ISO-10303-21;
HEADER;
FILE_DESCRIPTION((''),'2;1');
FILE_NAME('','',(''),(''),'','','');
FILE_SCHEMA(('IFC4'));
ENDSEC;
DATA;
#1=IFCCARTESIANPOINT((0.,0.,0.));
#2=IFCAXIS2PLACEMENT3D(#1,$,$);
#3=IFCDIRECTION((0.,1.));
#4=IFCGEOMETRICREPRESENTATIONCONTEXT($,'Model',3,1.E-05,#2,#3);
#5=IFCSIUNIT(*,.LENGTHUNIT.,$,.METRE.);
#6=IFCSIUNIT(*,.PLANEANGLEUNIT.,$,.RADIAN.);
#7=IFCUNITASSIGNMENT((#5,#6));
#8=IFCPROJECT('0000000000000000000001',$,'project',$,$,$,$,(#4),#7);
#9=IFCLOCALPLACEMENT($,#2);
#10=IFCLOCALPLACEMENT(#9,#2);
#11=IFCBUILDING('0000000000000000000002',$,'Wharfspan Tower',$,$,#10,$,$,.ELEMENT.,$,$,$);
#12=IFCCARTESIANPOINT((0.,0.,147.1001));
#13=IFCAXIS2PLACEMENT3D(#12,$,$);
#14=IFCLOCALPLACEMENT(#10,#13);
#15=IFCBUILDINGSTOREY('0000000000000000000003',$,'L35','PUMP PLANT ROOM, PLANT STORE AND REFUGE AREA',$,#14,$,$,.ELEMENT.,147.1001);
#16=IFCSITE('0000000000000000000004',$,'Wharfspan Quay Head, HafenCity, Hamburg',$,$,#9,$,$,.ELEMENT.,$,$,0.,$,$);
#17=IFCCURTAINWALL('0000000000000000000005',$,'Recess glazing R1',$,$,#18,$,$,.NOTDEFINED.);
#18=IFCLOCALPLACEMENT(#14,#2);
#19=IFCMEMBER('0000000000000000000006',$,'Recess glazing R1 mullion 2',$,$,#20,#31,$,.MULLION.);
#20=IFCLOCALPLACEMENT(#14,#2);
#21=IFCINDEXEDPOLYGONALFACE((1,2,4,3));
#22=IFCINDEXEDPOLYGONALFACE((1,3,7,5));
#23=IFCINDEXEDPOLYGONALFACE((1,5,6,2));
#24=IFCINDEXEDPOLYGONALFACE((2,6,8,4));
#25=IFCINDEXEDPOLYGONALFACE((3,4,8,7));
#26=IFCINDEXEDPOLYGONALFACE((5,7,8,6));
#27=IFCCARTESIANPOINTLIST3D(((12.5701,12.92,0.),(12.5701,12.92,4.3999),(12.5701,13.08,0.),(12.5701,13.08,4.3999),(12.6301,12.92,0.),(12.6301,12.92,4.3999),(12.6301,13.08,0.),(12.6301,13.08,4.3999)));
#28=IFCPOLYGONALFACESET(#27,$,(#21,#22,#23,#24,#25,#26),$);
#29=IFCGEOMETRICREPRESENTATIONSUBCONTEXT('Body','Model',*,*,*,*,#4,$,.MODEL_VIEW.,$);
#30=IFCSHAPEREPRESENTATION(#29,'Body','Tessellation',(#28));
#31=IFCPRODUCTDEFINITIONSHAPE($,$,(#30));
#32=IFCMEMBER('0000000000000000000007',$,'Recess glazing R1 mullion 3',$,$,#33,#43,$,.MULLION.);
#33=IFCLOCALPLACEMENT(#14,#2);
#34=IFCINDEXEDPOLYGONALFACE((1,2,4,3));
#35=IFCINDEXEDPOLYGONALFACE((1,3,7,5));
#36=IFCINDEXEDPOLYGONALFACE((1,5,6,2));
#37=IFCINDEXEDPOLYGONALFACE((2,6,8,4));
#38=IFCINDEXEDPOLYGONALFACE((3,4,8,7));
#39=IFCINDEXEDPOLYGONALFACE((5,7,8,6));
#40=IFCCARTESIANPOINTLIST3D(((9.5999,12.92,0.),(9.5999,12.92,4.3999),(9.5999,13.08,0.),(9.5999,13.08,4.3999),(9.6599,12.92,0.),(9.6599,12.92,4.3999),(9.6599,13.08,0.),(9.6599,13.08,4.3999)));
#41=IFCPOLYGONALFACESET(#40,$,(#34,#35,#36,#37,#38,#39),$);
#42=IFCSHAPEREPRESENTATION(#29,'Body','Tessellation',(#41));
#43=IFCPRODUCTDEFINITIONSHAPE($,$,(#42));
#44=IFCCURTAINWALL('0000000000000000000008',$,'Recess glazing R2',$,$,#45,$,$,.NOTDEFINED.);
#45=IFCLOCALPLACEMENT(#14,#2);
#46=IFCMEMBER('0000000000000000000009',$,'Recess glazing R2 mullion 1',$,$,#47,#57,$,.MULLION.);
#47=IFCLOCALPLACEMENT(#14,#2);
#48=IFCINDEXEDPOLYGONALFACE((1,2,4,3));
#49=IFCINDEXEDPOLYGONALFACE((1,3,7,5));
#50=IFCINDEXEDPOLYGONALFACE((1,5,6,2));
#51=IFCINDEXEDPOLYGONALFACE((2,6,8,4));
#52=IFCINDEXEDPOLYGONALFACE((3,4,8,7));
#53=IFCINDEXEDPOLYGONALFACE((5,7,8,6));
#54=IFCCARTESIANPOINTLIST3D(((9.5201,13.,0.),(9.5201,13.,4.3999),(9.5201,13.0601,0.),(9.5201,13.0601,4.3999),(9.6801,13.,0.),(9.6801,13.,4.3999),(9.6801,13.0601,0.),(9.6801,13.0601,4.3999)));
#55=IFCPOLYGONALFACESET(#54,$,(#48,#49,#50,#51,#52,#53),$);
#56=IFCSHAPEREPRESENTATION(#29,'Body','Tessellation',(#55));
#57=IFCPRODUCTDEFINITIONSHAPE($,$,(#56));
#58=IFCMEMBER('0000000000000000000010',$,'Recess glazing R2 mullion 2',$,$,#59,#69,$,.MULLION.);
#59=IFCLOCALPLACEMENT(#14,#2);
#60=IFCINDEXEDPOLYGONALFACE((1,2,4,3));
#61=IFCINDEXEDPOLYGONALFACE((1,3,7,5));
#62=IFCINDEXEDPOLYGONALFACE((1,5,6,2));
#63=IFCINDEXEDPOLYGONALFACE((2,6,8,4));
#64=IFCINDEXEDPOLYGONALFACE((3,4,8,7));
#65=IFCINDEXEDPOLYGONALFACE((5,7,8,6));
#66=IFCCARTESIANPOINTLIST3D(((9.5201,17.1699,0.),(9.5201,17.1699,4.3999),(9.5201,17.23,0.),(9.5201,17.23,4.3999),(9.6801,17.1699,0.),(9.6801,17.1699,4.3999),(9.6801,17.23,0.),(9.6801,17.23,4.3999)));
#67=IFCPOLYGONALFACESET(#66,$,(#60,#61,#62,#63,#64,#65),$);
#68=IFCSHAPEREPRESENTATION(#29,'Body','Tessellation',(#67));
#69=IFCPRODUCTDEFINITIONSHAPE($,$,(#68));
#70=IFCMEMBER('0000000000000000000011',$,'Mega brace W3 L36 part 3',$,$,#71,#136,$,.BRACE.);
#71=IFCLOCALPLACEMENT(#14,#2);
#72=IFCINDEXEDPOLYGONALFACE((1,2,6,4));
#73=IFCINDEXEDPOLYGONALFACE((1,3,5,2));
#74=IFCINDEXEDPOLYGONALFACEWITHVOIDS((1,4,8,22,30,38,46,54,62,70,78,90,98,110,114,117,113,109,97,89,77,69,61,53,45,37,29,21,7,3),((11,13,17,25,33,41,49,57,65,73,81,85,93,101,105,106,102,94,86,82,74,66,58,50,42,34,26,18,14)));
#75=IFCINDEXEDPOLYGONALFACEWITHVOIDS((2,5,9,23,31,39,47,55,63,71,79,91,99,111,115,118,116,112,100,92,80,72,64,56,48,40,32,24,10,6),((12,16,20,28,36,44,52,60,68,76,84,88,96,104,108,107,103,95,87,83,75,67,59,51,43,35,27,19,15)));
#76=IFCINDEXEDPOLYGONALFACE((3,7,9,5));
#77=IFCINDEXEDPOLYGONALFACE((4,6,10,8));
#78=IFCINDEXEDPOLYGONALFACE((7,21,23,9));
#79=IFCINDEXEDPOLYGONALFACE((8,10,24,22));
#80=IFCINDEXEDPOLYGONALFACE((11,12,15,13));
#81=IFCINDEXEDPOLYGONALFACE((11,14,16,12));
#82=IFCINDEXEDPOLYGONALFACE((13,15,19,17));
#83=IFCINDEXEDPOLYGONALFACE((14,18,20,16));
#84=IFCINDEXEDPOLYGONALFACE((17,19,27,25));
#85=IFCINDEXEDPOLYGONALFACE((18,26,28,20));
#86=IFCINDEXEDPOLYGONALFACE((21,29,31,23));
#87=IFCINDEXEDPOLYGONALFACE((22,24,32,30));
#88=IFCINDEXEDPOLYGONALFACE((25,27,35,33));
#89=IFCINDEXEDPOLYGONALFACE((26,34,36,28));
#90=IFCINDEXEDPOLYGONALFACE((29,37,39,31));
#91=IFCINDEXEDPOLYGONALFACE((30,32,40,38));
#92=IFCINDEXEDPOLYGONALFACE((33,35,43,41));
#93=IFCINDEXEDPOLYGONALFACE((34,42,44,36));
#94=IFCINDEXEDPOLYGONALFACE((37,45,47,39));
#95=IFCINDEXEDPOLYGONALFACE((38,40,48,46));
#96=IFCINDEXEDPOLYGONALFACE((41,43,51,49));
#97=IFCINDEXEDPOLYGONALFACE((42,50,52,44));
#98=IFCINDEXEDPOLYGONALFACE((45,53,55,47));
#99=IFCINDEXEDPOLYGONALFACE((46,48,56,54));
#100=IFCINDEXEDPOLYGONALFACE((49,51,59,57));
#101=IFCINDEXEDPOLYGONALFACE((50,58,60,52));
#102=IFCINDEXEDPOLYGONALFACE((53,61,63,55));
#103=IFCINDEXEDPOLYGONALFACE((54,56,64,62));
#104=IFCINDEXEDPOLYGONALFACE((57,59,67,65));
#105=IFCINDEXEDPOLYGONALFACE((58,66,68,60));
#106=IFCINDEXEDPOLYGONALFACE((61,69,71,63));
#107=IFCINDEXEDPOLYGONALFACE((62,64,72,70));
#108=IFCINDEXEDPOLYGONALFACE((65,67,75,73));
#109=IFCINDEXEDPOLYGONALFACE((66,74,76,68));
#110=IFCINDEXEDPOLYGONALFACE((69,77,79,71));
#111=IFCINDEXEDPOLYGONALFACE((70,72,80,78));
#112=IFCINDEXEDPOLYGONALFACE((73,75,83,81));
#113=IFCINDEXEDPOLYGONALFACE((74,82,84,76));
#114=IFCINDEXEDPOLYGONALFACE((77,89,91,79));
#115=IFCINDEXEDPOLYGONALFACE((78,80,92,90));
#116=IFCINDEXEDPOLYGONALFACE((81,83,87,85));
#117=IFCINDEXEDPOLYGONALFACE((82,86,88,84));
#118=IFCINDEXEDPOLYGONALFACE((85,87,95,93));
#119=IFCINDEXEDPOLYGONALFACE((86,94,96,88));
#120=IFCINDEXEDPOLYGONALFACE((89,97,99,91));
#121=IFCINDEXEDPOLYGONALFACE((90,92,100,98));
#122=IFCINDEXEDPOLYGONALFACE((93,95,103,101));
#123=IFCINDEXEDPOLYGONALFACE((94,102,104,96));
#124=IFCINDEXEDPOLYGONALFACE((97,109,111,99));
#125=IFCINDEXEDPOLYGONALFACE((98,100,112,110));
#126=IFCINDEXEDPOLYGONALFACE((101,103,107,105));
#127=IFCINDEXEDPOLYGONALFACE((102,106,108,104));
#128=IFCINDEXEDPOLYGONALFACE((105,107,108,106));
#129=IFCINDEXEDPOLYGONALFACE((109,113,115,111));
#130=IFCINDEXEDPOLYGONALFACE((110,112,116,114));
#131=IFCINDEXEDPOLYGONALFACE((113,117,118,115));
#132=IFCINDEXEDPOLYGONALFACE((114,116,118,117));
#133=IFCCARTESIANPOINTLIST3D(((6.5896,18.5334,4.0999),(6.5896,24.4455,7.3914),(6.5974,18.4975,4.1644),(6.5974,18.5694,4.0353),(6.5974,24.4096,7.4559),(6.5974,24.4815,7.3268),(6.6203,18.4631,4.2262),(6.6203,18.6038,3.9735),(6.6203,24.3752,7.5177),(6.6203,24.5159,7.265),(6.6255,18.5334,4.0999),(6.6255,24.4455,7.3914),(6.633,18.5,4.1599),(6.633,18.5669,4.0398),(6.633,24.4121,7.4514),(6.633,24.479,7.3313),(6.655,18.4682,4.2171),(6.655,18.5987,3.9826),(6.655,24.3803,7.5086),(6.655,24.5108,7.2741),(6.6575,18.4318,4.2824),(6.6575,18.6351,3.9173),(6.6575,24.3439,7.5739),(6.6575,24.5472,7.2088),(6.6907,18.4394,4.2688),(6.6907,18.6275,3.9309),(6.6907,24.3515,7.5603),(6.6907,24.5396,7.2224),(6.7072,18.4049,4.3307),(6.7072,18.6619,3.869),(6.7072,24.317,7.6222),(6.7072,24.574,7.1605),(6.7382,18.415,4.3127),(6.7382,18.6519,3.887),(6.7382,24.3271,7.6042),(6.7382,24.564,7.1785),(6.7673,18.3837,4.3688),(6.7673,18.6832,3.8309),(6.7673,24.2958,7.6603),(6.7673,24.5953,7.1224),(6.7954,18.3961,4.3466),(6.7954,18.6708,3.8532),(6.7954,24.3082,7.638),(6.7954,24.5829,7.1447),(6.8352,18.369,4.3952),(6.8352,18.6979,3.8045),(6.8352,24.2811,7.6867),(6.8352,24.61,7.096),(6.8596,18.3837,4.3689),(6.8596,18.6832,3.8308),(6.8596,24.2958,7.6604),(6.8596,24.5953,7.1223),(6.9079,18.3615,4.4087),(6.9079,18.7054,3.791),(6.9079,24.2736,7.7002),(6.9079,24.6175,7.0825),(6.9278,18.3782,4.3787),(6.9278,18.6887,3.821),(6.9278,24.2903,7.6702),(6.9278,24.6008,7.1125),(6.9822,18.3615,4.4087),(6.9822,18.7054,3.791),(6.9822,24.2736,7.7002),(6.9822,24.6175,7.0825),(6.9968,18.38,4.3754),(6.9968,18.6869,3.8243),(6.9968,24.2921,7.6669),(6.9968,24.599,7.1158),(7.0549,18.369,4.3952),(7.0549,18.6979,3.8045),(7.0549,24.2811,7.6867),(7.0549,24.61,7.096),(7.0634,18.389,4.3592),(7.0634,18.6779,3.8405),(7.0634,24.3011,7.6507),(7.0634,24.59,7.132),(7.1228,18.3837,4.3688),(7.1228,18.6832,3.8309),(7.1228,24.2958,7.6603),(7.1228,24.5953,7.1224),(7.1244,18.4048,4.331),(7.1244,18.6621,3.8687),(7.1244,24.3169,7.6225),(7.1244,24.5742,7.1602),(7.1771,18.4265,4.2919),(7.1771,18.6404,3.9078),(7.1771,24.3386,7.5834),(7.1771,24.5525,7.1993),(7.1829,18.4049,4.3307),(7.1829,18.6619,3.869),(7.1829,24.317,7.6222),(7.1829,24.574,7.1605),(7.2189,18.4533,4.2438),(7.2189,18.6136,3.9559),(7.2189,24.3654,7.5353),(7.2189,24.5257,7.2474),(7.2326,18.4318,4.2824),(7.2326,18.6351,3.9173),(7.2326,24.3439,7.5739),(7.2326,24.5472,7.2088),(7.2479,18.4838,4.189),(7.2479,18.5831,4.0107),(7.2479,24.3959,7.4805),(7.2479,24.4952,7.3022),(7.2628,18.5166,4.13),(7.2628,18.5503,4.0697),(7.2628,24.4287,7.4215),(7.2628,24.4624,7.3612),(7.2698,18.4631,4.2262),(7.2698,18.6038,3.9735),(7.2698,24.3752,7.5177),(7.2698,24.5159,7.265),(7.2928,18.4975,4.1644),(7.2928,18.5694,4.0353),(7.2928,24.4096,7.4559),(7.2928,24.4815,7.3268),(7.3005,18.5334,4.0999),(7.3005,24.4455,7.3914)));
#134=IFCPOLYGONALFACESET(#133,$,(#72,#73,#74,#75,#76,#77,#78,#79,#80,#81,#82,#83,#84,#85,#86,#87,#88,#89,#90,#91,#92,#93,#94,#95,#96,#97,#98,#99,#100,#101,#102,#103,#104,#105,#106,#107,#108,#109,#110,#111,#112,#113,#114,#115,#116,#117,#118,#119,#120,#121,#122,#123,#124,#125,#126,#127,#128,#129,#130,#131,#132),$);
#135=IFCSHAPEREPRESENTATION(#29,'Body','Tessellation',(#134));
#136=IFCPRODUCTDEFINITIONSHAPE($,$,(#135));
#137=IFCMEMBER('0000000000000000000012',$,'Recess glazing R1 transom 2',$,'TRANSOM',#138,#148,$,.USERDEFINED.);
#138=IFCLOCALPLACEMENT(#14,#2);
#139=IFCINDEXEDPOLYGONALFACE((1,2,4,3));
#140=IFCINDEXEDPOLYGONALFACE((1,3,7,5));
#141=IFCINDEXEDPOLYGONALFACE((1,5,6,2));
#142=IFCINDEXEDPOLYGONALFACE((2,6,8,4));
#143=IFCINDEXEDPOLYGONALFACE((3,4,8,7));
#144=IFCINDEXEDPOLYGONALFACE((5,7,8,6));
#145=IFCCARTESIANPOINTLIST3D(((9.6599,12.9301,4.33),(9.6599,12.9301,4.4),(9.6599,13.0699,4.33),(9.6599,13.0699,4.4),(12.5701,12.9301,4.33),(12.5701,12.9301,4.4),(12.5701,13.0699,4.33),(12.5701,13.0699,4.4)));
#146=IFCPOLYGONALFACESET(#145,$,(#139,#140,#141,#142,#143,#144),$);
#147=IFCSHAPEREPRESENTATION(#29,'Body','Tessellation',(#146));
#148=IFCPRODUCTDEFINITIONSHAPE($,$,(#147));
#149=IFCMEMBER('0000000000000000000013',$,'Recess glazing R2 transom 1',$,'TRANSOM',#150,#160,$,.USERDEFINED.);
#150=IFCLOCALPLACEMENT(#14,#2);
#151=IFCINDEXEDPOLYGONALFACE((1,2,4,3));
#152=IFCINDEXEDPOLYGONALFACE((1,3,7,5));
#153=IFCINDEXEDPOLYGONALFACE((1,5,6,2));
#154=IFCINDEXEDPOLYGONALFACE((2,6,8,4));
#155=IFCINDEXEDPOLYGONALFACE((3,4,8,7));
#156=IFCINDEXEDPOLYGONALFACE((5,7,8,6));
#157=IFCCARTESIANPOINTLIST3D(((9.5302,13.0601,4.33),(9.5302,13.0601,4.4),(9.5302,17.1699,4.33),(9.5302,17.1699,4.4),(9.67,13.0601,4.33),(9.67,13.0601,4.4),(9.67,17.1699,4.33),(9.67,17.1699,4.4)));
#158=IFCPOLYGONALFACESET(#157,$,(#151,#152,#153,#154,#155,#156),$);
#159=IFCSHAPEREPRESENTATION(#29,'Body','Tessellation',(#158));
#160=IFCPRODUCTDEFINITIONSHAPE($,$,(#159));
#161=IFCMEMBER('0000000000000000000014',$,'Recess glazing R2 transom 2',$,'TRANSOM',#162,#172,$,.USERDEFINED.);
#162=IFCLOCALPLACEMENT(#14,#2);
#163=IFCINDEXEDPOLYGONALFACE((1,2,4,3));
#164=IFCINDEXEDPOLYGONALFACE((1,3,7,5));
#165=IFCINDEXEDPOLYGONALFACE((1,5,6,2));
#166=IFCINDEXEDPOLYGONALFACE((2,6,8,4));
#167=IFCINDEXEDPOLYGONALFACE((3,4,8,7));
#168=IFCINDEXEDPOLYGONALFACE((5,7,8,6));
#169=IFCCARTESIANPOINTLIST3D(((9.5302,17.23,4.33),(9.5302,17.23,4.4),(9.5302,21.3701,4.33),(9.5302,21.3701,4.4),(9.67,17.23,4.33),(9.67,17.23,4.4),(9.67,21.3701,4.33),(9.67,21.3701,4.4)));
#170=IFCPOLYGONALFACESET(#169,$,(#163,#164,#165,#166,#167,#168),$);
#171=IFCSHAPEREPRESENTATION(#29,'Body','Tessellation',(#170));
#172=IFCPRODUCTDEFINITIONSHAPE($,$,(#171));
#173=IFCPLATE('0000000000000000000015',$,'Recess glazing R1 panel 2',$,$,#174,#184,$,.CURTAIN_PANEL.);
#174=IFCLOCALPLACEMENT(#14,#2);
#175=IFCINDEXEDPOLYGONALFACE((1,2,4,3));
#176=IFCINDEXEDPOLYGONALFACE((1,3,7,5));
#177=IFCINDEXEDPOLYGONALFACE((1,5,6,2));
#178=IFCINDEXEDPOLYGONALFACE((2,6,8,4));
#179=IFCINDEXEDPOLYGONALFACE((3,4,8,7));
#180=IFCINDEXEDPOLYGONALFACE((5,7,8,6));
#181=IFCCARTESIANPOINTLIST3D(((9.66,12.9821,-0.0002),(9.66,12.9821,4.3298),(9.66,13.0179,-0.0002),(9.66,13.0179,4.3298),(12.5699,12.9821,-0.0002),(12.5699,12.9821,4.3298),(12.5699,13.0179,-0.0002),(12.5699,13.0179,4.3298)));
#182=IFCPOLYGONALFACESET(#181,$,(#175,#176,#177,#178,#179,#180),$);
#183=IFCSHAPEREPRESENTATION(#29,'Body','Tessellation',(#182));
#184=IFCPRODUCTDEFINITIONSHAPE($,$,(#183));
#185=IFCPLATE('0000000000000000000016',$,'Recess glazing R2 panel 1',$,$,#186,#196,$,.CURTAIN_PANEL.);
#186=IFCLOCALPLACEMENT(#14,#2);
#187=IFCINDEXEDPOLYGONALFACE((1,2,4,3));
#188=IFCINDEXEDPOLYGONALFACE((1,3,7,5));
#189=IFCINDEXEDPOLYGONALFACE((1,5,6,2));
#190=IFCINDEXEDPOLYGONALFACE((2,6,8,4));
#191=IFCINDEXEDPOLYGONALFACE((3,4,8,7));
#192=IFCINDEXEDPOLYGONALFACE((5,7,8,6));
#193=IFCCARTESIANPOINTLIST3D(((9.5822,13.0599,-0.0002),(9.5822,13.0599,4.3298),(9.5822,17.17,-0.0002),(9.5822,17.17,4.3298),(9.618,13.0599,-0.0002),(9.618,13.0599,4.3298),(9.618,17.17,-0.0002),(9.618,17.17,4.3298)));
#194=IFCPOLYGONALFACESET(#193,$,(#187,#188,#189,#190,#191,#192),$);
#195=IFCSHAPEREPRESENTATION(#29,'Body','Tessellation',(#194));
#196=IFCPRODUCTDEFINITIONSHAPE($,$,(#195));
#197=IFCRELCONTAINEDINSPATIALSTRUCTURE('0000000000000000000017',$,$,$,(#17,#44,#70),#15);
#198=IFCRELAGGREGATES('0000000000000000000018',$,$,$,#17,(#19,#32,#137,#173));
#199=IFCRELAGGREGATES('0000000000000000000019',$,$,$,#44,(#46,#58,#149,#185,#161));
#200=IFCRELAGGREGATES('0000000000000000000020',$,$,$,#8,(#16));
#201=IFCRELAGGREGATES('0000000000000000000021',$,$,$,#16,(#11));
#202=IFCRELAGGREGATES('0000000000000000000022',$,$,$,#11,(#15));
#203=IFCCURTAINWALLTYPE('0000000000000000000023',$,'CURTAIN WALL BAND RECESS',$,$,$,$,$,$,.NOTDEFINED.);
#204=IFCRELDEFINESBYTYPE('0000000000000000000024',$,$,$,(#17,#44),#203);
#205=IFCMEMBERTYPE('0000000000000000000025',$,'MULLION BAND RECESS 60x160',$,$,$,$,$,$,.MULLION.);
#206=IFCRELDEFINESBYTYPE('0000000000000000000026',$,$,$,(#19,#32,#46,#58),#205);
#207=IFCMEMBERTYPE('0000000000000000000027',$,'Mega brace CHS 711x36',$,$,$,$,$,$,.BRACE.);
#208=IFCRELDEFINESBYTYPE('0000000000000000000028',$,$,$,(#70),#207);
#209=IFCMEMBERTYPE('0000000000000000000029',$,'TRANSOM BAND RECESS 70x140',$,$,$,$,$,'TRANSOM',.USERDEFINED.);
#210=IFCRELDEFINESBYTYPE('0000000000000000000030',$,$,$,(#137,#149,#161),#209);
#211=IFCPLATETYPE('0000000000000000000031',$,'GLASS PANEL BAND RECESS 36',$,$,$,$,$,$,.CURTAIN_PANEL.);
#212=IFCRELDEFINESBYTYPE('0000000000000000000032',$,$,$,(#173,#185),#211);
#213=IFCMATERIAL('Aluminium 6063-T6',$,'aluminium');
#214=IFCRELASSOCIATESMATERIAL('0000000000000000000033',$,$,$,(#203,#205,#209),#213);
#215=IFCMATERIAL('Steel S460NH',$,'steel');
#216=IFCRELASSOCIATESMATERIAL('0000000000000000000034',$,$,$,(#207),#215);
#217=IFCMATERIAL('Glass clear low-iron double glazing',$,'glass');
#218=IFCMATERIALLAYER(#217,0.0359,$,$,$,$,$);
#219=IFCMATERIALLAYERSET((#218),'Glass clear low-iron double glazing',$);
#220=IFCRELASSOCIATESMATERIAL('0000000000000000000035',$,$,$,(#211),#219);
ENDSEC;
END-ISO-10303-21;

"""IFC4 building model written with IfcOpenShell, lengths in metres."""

from ifc_helpers import new_model, si_unit, direction, frame, origin, origin_2d, place, context, subcontext, project, spatial, rectangle, hollow_circle, extrude, material, layer, layer_set, material_profile, profile_set, type_object, element, aggregate, save


model = new_model("IFC4")

# Units and contexts
model_context = context("Model", 3, precision=1e-05, world=origin(), true_north=direction((0.0, 1.0)))
body_context = subcontext(model_context, "Body", "Model", "MODEL_VIEW")
ifc_project = project(units=[si_unit("LENGTHUNIT", "METRE"), si_unit("PLANEANGLEUNIT", "RADIAN")], contexts=[model_context])

# Site, building, storey
site_placement = place(None, origin())
site = spatial("IfcSite", under=ifc_project, at=site_placement, Name="Wharfspan Quay Head, HafenCity, Hamburg", CompositionType="ELEMENT", RefElevation=0.0)
building_placement = place(site_placement, origin())
building = spatial("IfcBuilding", under=site, at=building_placement, Name="Wharfspan Tower", CompositionType="ELEMENT")
storey_placement = place(building_placement, frame((0.0, 0.0, 147.1001)))
storey = spatial("IfcBuildingStorey", under=building, at=storey_placement, Name="L35", Description="PUMP PLANT ROOM, PLANT STORE AND REFUGE AREA", CompositionType="ELEMENT", Elevation=147.1001)

# Curtain walls, members
ifc_material_1 = material(Name="Aluminium 6063-T6", Category="aluminium")
curtain_wall_type = type_object("IfcCurtainWallType", Name="CURTAIN WALL BAND RECESS", PredefinedType="NOTDEFINED", material=ifc_material_1)
curtain_wall_1_placement = place(storey_placement, origin())
curtain_wall_1 = element("IfcCurtainWall", 1, at=curtain_wall_1_placement, inside=storey, type_object=curtain_wall_type, Name="Recess glazing R1", PredefinedType="NOTDEFINED")
ifc_material_profile_1 = material_profile(ifc_material_1, rectangle(XDim=0.1599, YDim=0.0601, at=origin_2d()))
ifc_profile_set_1 = profile_set([ifc_material_profile_1], Name="Aluminium 6063-T6")
member_type_1 = type_object("IfcMemberType", Name="MULLION BAND RECESS 60x160", PredefinedType="MULLION", material=ifc_profile_set_1)
member_1_placement = place(storey_placement, frame((12.6001, 13.0, 0.0), z_axis=(0.0, 0.0, 1.0), x_axis=(0.0, -1.0, 0.0)))
member_1 = element("IfcMember", 2, at=member_1_placement, type_object=member_type_1, Name="Recess glazing R1 mullion 2", PredefinedType="MULLION", context=body_context, shape_type="SweptSolid", body=[
    extrude(rectangle(XDim=0.1599, YDim=0.0601, at=origin_2d()), origin(), (0.0, 0.0, 1.0), 4.3999),
])
member_2_placement = place(storey_placement, frame((9.6299, 13.0, 0.0), z_axis=(0.0, 0.0, 1.0), x_axis=(0.0, -1.0, 0.0)))
member_2 = element("IfcMember", 3, at=member_2_placement, type_object=member_type_1, Name="Recess glazing R1 mullion 3", PredefinedType="MULLION", context=body_context, shape_type="SweptSolid", body=[
    extrude(rectangle(XDim=0.1599, YDim=0.0601, at=origin_2d()), origin(), (0.0, 0.0, 1.0), 4.3999),
])
curtain_wall_2_placement = place(storey_placement, origin())
curtain_wall_2 = element("IfcCurtainWall", 4, at=curtain_wall_2_placement, inside=storey, type_object=curtain_wall_type, Name="Recess glazing R2", PredefinedType="NOTDEFINED")
member_3_placement = place(storey_placement, frame((9.6001, 13.03, 0.0), z_axis=(0.0, 0.0, 1.0), x_axis=(-1.0, 0.0, 0.0)))
member_3 = element("IfcMember", 5, at=member_3_placement, type_object=member_type_1, Name="Recess glazing R2 mullion 1", PredefinedType="MULLION", context=body_context, shape_type="SweptSolid", body=[
    extrude(rectangle(XDim=0.1599, YDim=0.0601, at=origin_2d()), origin(), (0.0, 0.0, 1.0), 4.3999),
])
member_4_placement = place(storey_placement, frame((9.6001, 17.2, 0.0), z_axis=(0.0, 0.0, 1.0), x_axis=(-1.0, 0.0, 0.0)))
member_4 = element("IfcMember", 6, at=member_4_placement, type_object=member_type_1, Name="Recess glazing R2 mullion 2", PredefinedType="MULLION", context=body_context, shape_type="SweptSolid", body=[
    extrude(rectangle(XDim=0.1599, YDim=0.0601, at=origin_2d()), origin(), (0.0, 0.0, 1.0), 4.3999),
])

# Members
ifc_material_2 = material(Name="Steel S460NH", Category="steel")
ifc_material_profile_2 = material_profile(ifc_material_2, hollow_circle(Radius=0.3555, WallThickness=0.0359, at=origin_2d()))
ifc_profile_set_2 = profile_set([ifc_material_profile_2], Name="Steel S460NH")
member_type_2 = type_object("IfcMemberType", Name="Mega brace CHS 711x36", PredefinedType="BRACE", material=ifc_profile_set_2)
member_5_placement = place(storey_placement, frame((6.9451, 18.5334, 4.0999), z_axis=(0.0, 0.873718, 0.486433), x_axis=(-1.0, 0.0, 0.0)))
element("IfcMember", 7, at=member_5_placement, inside=storey, type_object=member_type_2, Name="Mega brace W3 L36 part 3", PredefinedType="BRACE", context=body_context, shape_type="SweptSolid", body=[
    extrude(hollow_circle(Radius=0.3555, WallThickness=0.0359, at=origin_2d()), origin(), (0.0, 0.0, 1.0), 6.7666),
])
ifc_material_profile_3 = material_profile(ifc_material_1, rectangle(XDim=0.1399, YDim=0.0701, at=origin_2d()))
ifc_profile_set_3 = profile_set([ifc_material_profile_3], Name="Aluminium 6063-T6")
member_type_3 = type_object("IfcMemberType", Name="TRANSOM BAND RECESS 70x140", ElementType="TRANSOM", PredefinedType="USERDEFINED", material=ifc_profile_set_3)
member_6_placement = place(storey_placement, frame((12.5701, 13.0, 4.365), z_axis=(-1.0, 0.0, 0.0), x_axis=(0.0, -1.0, 0.0)))
member_6 = element("IfcMember", 8, at=member_6_placement, type_object=member_type_3, Name="Recess glazing R1 transom 2", ObjectType="TRANSOM", PredefinedType="USERDEFINED", context=body_context, shape_type="SweptSolid", body=[
    extrude(rectangle(XDim=0.1399, YDim=0.0701, at=origin_2d()), origin(), (0.0, 0.0, 1.0), 2.9102),
])
member_7_placement = place(storey_placement, frame((9.6001, 13.0601, 4.365), z_axis=(0.0, 1.0, 0.0), x_axis=(-1.0, 0.0, 0.0)))
member_7 = element("IfcMember", 9, at=member_7_placement, type_object=member_type_3, Name="Recess glazing R2 transom 1", ObjectType="TRANSOM", PredefinedType="USERDEFINED", context=body_context, shape_type="SweptSolid", body=[
    extrude(rectangle(XDim=0.1399, YDim=0.0701, at=origin_2d()), origin(), (0.0, 0.0, 1.0), 4.1099),
])
member_8_placement = place(storey_placement, frame((9.6001, 17.23, 4.365), z_axis=(0.0, 1.0, 0.0), x_axis=(-1.0, 0.0, 0.0)))
member_8 = element("IfcMember", 10, at=member_8_placement, type_object=member_type_3, Name="Recess glazing R2 transom 2", ObjectType="TRANSOM", PredefinedType="USERDEFINED", context=body_context, shape_type="SweptSolid", body=[
    extrude(rectangle(XDim=0.1399, YDim=0.0701, at=origin_2d()), origin(), (0.0, 0.0, 1.0), 4.1401),
])

# Plates
ifc_material_3 = material(Name="Glass clear low-iron double glazing", Category="glass")
ifc_layer_1 = layer(ifc_material_3, 0.0359)
ifc_layer_set_1 = layer_set([ifc_layer_1], Name="Glass clear low-iron double glazing")
plate_type = type_object("IfcPlateType", Name="GLASS PANEL BAND RECESS 36", PredefinedType="CURTAIN_PANEL", material=ifc_layer_set_1)
plate_1_placement = place(storey_placement, frame((11.115, 13.0, -0.0002), z_axis=(0.0, 0.0, 1.0), x_axis=(-1.0, 0.0, 0.0)))
plate_1 = element("IfcPlate", 11, at=plate_1_placement, type_object=plate_type, Name="Recess glazing R1 panel 2", PredefinedType="CURTAIN_PANEL", context=body_context, shape_type="SweptSolid", body=[
    extrude(rectangle(XDim=2.9099, YDim=0.0359, at=origin_2d()), origin(), (0.0, 0.0, 1.0), 4.3301),
])
aggregate(curtain_wall_1, [member_1, member_2, member_6, plate_1])
plate_2_placement = place(storey_placement, frame((9.6001, 15.115, -0.0002), z_axis=(0.0, 0.0, 1.0), x_axis=(0.0, 1.0, 0.0)))
plate_2 = element("IfcPlate", 12, at=plate_2_placement, type_object=plate_type, Name="Recess glazing R2 panel 1", PredefinedType="CURTAIN_PANEL", context=body_context, shape_type="SweptSolid", body=[
    extrude(rectangle(XDim=4.1101, YDim=0.0359, at=origin_2d()), origin(), (0.0, 0.0, 1.0), 4.3301),
])
aggregate(curtain_wall_2, [member_3, member_4, member_7, plate_2, member_8])

save(model, "model.ifc")
